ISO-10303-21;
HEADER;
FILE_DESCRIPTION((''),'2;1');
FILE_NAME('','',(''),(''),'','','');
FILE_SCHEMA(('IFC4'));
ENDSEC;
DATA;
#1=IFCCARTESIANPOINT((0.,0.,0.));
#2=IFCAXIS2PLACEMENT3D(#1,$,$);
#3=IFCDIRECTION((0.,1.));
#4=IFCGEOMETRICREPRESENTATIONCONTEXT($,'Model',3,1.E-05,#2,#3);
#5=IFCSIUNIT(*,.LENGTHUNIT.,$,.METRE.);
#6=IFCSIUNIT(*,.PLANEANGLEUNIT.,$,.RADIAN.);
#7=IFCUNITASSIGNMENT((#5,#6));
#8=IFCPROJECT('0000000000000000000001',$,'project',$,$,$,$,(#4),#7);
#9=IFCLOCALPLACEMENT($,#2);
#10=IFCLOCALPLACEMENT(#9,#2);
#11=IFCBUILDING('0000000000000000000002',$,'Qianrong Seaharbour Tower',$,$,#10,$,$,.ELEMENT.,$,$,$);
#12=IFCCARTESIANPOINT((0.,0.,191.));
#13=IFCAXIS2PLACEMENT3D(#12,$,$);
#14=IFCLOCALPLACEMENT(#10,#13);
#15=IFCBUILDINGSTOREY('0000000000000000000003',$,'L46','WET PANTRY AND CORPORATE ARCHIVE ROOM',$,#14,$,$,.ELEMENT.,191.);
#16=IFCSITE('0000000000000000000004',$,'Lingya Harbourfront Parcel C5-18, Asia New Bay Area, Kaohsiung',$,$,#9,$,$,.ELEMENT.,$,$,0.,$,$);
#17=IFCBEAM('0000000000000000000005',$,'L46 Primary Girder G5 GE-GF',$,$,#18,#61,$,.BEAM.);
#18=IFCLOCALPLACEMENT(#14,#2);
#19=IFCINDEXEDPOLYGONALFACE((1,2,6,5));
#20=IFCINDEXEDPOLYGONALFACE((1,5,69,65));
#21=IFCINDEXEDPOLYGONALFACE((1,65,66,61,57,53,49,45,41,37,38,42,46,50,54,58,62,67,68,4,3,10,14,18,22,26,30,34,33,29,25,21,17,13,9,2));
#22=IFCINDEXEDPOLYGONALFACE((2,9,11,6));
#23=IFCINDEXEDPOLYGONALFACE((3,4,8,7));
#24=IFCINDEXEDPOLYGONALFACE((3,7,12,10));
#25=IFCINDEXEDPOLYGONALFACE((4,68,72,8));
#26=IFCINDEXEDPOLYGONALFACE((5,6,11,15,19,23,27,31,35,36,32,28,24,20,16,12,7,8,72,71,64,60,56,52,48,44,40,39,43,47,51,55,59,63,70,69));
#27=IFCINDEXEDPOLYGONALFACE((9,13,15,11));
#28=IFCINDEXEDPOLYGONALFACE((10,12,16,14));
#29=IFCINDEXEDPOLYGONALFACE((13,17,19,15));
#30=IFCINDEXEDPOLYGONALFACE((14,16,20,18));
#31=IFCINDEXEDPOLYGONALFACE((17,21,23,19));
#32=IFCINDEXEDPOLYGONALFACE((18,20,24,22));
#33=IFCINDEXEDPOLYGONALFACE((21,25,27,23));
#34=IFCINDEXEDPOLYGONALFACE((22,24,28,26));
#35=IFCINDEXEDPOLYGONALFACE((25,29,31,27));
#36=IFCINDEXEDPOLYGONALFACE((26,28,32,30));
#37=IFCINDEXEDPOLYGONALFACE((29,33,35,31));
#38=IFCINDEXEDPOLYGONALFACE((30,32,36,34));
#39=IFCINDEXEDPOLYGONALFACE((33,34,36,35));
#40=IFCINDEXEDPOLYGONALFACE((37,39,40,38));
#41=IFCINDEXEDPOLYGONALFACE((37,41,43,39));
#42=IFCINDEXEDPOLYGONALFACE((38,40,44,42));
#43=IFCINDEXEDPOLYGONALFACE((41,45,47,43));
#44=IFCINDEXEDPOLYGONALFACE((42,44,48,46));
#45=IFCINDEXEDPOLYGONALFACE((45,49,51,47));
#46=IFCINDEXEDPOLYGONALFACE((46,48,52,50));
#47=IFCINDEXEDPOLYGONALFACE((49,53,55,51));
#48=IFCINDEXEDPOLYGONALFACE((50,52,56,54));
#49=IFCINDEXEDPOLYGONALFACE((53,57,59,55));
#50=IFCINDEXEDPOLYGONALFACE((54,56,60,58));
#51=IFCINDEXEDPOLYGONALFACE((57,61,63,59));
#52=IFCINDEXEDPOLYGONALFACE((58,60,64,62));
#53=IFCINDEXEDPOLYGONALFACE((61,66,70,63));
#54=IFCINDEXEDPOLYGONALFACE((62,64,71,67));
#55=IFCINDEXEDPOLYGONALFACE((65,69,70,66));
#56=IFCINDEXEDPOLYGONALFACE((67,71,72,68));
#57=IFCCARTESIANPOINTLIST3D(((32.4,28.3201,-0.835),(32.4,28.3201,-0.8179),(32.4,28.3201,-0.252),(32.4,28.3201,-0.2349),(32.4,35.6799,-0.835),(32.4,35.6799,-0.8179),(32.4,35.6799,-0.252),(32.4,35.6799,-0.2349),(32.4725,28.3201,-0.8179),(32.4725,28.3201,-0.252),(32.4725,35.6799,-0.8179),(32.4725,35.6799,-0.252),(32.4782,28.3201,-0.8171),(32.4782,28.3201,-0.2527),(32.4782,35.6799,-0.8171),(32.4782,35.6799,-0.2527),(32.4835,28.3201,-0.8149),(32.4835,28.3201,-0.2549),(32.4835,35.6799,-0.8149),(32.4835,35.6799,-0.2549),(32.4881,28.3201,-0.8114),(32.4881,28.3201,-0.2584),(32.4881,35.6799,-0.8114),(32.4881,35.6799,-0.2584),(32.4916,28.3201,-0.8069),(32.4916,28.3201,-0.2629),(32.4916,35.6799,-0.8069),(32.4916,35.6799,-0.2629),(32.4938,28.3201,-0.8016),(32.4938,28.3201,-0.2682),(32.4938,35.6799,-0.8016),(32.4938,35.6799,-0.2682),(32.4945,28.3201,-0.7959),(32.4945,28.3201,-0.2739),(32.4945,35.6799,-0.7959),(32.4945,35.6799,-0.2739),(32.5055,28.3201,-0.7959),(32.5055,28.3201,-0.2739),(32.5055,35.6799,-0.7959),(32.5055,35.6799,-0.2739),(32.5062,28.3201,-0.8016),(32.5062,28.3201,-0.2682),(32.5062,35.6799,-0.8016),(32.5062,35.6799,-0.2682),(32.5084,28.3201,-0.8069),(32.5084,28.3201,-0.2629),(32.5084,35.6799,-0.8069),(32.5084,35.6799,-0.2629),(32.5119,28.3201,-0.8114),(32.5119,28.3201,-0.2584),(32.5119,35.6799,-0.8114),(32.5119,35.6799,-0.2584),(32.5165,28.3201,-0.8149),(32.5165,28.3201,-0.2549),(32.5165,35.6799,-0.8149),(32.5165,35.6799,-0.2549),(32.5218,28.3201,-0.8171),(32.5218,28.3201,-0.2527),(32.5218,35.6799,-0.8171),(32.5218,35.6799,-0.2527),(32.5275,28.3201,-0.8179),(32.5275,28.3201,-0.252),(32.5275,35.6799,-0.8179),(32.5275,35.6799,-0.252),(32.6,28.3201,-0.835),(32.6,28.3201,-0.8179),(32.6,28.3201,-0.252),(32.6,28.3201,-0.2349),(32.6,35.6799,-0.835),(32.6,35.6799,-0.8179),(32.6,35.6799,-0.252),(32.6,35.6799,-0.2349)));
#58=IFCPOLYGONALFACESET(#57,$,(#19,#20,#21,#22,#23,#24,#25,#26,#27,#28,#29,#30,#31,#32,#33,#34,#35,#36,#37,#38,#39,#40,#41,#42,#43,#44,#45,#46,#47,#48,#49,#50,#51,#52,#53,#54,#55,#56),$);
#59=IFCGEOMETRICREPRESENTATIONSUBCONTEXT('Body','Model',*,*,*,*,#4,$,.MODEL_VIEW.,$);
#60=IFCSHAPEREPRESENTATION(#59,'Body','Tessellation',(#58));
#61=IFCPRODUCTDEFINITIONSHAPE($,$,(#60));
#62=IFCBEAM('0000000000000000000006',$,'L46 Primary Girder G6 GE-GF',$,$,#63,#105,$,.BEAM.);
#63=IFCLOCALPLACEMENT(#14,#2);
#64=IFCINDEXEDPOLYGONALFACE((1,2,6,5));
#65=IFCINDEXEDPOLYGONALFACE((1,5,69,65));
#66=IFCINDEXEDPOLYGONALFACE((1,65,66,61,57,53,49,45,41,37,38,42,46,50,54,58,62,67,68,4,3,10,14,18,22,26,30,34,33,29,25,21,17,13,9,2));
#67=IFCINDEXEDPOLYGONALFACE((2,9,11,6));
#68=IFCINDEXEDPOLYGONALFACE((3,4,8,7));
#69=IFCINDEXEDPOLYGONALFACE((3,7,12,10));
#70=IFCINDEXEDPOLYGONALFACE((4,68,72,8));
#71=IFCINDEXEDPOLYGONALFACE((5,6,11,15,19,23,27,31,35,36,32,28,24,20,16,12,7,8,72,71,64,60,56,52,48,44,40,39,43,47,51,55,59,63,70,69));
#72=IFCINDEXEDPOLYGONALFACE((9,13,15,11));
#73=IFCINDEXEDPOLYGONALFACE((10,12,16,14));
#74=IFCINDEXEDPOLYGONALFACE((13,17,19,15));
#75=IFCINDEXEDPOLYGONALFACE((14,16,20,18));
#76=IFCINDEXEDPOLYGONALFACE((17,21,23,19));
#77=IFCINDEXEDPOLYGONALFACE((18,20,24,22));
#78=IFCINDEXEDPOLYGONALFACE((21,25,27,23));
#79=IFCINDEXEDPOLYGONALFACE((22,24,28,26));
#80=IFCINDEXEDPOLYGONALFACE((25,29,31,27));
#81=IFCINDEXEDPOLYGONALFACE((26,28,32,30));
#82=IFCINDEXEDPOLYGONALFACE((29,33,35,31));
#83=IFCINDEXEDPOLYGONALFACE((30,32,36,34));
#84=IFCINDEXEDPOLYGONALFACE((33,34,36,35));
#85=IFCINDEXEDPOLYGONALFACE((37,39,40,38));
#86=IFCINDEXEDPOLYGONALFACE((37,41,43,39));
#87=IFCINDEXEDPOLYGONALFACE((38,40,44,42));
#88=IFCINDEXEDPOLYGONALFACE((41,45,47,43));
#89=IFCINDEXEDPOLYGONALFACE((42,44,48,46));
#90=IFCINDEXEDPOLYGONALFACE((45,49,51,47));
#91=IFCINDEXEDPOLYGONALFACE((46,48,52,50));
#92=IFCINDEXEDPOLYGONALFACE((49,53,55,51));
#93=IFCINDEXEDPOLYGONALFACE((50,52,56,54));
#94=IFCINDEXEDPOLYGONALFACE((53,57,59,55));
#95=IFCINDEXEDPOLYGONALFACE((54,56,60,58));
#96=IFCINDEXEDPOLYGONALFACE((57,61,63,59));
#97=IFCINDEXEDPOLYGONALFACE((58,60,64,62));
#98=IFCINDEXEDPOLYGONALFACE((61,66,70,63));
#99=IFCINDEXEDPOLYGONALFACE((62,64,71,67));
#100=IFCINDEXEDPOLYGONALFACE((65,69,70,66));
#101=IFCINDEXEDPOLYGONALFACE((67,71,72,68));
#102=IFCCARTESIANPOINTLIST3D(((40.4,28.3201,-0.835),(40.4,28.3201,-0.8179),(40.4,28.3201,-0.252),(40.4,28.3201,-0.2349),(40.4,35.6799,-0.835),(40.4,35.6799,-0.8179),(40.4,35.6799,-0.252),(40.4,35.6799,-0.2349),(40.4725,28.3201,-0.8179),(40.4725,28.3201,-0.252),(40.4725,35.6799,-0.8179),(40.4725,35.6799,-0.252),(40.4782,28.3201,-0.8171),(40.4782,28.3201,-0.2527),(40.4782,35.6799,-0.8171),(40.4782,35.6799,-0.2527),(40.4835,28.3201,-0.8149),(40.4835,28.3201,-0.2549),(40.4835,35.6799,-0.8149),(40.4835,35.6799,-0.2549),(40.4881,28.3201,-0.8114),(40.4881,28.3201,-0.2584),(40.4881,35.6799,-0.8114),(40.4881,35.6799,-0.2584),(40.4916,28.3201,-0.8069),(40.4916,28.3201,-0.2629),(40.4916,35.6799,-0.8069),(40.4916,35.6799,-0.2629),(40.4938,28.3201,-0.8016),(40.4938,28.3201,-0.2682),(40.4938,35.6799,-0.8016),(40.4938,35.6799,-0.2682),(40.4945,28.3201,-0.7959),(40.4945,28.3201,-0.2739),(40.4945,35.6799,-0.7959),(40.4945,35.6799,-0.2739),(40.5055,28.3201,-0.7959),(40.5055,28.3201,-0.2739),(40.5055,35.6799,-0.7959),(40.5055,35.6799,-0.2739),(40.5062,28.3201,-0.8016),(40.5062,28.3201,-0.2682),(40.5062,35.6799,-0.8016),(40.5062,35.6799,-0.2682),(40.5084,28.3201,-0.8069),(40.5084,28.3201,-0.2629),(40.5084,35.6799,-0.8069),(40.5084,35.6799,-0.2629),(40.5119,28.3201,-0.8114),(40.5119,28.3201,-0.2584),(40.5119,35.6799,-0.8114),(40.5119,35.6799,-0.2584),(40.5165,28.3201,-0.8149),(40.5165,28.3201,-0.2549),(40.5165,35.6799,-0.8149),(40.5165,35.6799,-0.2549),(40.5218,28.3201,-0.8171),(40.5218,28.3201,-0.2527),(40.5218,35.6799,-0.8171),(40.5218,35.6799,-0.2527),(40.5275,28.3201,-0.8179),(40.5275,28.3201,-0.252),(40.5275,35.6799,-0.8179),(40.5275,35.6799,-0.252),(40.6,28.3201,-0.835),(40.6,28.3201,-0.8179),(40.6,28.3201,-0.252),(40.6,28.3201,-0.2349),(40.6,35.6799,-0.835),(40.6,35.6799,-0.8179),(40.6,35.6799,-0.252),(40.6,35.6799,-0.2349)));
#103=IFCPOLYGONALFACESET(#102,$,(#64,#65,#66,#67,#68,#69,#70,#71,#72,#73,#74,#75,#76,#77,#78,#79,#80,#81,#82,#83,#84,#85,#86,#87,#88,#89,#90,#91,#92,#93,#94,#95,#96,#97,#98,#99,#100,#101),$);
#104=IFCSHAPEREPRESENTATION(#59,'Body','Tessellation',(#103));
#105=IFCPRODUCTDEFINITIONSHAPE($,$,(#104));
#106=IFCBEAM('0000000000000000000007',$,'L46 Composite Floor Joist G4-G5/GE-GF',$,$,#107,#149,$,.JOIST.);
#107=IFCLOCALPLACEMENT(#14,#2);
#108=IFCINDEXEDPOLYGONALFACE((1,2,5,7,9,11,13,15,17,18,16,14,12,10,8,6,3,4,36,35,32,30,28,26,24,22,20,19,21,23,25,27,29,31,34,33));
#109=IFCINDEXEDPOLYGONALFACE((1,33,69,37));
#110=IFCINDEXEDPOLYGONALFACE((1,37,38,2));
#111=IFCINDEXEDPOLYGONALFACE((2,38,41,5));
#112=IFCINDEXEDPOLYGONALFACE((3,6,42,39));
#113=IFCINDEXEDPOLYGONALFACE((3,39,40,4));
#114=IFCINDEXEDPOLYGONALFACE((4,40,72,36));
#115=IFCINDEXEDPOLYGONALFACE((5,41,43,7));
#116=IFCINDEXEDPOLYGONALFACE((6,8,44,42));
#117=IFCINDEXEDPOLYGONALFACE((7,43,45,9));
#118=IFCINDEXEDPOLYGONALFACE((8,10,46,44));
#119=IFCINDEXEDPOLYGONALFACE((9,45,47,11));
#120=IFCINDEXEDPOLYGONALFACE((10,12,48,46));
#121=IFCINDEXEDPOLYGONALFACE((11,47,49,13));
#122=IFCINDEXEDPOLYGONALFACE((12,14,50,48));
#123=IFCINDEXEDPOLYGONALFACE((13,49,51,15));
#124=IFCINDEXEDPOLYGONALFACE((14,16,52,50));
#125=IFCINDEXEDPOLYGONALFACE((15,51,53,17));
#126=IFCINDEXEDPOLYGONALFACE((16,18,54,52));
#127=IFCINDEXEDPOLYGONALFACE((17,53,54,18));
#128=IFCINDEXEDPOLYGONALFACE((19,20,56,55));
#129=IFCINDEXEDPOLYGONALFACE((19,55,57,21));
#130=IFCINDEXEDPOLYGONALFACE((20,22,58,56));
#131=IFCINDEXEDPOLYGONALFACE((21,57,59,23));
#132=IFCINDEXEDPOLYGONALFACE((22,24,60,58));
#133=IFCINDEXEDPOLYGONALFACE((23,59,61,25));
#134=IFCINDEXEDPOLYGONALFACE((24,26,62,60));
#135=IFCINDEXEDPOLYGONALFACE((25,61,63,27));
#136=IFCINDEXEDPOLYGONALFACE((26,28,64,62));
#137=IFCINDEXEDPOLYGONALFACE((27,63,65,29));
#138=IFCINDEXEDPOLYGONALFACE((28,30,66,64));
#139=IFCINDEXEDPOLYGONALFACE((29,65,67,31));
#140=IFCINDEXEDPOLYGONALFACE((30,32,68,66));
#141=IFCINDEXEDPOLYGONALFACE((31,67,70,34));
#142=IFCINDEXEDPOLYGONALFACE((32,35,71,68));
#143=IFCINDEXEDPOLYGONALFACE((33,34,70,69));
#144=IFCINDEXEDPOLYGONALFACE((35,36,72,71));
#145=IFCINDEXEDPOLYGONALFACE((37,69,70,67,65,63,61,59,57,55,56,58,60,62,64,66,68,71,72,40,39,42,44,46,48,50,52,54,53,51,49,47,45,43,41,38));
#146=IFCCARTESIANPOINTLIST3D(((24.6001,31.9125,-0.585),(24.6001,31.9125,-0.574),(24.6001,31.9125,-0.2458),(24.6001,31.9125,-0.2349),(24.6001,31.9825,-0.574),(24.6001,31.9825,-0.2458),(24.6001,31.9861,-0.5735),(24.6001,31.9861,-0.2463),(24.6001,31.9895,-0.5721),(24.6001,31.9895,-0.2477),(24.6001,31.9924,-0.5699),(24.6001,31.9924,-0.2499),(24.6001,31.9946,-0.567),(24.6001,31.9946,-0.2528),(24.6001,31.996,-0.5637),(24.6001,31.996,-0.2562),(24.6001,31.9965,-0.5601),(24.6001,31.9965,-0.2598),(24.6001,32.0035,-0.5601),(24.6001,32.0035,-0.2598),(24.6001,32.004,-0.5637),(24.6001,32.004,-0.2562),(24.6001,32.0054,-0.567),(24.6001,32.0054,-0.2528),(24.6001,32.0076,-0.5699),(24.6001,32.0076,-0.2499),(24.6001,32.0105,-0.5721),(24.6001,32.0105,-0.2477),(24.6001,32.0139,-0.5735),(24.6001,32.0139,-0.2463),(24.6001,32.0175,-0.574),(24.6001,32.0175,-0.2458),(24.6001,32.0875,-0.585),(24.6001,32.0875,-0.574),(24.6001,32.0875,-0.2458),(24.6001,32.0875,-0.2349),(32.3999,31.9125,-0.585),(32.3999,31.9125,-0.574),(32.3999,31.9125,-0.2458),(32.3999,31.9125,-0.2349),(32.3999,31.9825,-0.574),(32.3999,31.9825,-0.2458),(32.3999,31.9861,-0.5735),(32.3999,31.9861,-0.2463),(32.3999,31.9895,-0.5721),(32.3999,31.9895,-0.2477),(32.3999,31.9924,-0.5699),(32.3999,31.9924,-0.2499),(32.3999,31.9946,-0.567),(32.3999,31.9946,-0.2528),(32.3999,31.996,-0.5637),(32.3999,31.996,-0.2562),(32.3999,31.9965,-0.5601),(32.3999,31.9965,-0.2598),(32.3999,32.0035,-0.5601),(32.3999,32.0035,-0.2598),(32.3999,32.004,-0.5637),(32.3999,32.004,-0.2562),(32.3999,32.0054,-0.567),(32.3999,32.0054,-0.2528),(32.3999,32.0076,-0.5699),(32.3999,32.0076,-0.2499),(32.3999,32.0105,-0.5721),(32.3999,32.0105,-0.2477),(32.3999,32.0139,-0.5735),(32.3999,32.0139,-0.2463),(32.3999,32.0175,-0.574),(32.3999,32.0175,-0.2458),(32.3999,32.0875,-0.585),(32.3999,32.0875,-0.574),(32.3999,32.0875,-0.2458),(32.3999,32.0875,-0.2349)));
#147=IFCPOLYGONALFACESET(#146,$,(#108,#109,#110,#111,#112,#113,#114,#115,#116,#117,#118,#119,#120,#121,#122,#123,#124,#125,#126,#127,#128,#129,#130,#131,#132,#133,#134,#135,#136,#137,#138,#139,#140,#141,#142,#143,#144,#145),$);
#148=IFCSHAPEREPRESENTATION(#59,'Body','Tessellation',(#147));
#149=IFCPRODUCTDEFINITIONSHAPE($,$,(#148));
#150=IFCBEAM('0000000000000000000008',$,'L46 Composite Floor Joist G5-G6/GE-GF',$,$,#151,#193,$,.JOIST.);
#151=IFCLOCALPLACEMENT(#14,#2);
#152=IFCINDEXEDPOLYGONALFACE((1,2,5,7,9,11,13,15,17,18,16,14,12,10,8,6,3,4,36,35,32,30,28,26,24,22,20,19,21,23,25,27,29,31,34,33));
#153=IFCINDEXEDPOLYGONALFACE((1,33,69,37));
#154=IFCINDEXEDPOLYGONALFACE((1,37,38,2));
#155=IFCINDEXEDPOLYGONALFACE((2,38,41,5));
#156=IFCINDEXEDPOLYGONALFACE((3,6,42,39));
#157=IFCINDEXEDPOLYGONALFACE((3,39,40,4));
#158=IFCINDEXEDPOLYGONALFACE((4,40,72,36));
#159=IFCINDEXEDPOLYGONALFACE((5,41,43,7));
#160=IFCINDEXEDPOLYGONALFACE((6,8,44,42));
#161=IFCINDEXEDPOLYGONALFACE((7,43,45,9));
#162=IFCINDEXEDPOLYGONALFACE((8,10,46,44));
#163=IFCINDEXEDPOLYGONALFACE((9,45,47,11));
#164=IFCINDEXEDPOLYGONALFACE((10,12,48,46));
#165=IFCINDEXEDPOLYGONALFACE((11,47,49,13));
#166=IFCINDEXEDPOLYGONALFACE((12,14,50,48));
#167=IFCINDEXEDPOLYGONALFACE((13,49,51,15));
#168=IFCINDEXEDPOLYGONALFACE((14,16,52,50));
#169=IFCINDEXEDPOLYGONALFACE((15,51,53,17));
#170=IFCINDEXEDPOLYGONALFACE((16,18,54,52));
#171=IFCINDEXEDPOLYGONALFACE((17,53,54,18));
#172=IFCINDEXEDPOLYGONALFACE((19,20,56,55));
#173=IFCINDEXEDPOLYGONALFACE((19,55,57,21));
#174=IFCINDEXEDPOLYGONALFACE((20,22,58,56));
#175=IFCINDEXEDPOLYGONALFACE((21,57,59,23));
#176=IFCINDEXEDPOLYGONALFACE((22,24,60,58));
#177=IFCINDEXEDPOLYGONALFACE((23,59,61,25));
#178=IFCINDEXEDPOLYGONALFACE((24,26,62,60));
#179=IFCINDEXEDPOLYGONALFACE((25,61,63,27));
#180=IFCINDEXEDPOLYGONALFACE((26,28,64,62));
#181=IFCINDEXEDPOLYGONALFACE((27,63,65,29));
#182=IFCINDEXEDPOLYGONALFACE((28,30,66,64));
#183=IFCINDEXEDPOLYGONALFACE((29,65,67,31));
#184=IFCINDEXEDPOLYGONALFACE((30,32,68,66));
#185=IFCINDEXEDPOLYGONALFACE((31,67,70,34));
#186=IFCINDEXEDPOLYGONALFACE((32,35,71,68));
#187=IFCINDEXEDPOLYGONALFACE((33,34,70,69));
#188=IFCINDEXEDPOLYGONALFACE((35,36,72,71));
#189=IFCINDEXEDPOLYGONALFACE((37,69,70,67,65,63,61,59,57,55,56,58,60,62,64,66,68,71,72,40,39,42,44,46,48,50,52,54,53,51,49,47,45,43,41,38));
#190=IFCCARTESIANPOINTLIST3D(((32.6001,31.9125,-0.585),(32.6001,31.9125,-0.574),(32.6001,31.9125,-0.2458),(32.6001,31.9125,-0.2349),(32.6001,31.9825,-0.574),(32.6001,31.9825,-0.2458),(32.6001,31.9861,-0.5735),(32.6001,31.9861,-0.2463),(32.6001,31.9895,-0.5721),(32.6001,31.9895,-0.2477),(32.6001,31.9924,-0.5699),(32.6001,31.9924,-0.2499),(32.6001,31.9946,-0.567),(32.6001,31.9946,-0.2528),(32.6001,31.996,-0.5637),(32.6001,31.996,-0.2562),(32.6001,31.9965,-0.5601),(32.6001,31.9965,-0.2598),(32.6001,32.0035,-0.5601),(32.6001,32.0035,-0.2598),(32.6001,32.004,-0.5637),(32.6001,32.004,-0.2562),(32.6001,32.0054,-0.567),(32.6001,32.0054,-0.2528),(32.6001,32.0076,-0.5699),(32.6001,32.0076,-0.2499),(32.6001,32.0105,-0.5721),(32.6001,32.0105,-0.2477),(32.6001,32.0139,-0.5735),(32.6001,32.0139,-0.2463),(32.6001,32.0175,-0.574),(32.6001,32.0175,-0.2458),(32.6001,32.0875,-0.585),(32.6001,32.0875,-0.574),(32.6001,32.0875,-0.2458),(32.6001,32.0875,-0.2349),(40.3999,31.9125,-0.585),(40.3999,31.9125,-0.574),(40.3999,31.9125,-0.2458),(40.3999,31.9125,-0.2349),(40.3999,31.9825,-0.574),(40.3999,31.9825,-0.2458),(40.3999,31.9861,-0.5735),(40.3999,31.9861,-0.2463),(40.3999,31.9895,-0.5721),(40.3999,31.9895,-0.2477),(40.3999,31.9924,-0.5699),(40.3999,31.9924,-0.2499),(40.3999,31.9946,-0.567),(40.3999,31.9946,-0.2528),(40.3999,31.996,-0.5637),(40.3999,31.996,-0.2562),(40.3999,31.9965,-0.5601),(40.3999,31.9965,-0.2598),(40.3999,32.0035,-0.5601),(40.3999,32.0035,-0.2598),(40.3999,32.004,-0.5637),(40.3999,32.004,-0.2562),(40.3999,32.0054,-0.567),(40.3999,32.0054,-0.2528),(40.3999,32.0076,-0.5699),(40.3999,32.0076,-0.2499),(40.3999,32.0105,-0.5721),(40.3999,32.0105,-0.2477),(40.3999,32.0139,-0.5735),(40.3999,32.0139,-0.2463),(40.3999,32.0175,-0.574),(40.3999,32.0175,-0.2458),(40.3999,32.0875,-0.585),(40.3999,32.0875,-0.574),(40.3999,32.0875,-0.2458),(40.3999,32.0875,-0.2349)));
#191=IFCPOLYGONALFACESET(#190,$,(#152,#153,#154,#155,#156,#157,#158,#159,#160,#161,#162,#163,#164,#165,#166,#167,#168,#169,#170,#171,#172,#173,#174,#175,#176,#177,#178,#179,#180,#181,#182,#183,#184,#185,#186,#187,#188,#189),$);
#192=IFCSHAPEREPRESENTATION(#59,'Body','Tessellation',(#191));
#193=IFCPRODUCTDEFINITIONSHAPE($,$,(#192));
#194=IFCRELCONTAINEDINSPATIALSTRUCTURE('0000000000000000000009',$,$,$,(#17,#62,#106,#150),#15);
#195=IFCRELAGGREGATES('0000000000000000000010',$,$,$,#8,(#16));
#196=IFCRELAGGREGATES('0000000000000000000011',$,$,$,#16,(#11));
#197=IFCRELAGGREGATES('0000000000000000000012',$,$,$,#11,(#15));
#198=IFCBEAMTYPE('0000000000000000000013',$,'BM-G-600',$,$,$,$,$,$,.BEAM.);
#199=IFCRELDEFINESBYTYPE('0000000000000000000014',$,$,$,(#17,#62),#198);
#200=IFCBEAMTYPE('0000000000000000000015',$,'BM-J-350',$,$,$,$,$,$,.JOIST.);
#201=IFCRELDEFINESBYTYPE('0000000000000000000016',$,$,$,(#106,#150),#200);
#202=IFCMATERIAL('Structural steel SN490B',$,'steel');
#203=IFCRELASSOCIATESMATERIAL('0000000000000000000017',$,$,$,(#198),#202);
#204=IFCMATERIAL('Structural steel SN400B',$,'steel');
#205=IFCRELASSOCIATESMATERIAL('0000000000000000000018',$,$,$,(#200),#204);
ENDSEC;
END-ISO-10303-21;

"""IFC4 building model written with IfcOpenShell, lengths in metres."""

from ifc_helpers import new_model, si_unit, direction, frame, origin, origin_2d, place, context, subcontext, project, spatial, i_section, extrude, material, material_profile, profile_set, type_object, element, save


model = new_model("IFC4")

# Units and contexts
model_context = context("Model", 3, precision=1e-05, world=origin(), true_north=direction((0.0, 1.0)))
body_context = subcontext(model_context, "Body", "Model", "MODEL_VIEW")
ifc_project = project(units=[si_unit("LENGTHUNIT", "METRE"), si_unit("PLANEANGLEUNIT", "RADIAN")], contexts=[model_context])

# Site, building, storey
site_placement = place(None, origin())
site = spatial("IfcSite", under=ifc_project, at=site_placement, Name="Lingya Harbourfront Parcel C5-18, Asia New Bay Area, Kaohsiung", CompositionType="ELEMENT", RefElevation=0.0)
building_placement = place(site_placement, origin())
building = spatial("IfcBuilding", under=site, at=building_placement, Name="Qianrong Seaharbour Tower", CompositionType="ELEMENT")
storey_placement = place(building_placement, frame((0.0, 0.0, 191.0)))
storey = spatial("IfcBuildingStorey", under=building, at=storey_placement, Name="L46", Description="WET PANTRY AND CORPORATE ARCHIVE ROOM", CompositionType="ELEMENT", Elevation=191.0)

# Shared definitions
ifc_material_1 = material(Name="Structural steel SN490B", Category="steel")

# Beams
ifc_material_profile_1 = material_profile(ifc_material_1, i_section(OverallWidth=0.2, OverallDepth=0.6001, WebThickness=0.011, FlangeThickness=0.0171, FilletRadius=0.022, at=origin_2d()), Name="H600x200x11x17")
ifc_profile_set_1 = profile_set([ifc_material_profile_1], Name="Structural steel SN490B")
beam_type_1 = type_object("IfcBeamType", Name="BM-G-600", PredefinedType="BEAM", material=ifc_profile_set_1)
for number, where, z_axis, x_axis, name in (
    (1, (32.5, 28.3201, -0.5349), (0.0, 1.0, 0.0), (-1.0, 0.0, 0.0), "L46 Primary Girder G5 GE-GF"),
    (2, (40.5, 28.3201, -0.5349), (0.0, 1.0, 0.0), (-1.0, 0.0, 0.0), "L46 Primary Girder G6 GE-GF"),
):
    element("IfcBeam", number, at=place(storey_placement, frame(where, z_axis=z_axis, x_axis=x_axis)), inside=storey, type_object=beam_type_1, Name=name, PredefinedType="BEAM", context=body_context, shape_type="SweptSolid", body=[
        extrude(i_section(OverallWidth=0.2, OverallDepth=0.6001, WebThickness=0.011, FlangeThickness=0.0171, FilletRadius=0.022, at=origin_2d()), origin(), (0.0, 0.0, 1.0), 7.3599),
    ])
ifc_material_2 = material(Name="Structural steel SN400B", Category="steel")
ifc_material_profile_2 = material_profile(ifc_material_2, i_section(OverallWidth=0.175, OverallDepth=0.3501, WebThickness=0.0071, FlangeThickness=0.011, FilletRadius=0.0139, at=origin_2d()), Name="H350x175x7x11")
ifc_profile_set_2 = profile_set([ifc_material_profile_2], Name="Structural steel SN400B")
beam_type_2 = type_object("IfcBeamType", Name="BM-J-350", PredefinedType="JOIST", material=ifc_profile_set_2)
for number, where, z_axis, x_axis, name in (
    (3, (24.6001, 32.0, -0.4099), (1.0, 0.0, 0.0), (0.0, 1.0, 0.0), "L46 Composite Floor Joist G4-G5/GE-GF"),
    (4, (32.6001, 32.0, -0.4099), (1.0, 0.0, 0.0), (0.0, 1.0, 0.0), "L46 Composite Floor Joist G5-G6/GE-GF"),
):
    element("IfcBeam", number, at=place(storey_placement, frame(where, z_axis=z_axis, x_axis=x_axis)), inside=storey, type_object=beam_type_2, Name=name, PredefinedType="JOIST", context=body_context, shape_type="SweptSolid", body=[
        extrude(i_section(OverallWidth=0.175, OverallDepth=0.3501, WebThickness=0.0071, FlangeThickness=0.011, FilletRadius=0.0139, at=origin_2d()), origin(), (0.0, 0.0, 1.0), 7.7998),
    ])

save(model, "model.ifc")
